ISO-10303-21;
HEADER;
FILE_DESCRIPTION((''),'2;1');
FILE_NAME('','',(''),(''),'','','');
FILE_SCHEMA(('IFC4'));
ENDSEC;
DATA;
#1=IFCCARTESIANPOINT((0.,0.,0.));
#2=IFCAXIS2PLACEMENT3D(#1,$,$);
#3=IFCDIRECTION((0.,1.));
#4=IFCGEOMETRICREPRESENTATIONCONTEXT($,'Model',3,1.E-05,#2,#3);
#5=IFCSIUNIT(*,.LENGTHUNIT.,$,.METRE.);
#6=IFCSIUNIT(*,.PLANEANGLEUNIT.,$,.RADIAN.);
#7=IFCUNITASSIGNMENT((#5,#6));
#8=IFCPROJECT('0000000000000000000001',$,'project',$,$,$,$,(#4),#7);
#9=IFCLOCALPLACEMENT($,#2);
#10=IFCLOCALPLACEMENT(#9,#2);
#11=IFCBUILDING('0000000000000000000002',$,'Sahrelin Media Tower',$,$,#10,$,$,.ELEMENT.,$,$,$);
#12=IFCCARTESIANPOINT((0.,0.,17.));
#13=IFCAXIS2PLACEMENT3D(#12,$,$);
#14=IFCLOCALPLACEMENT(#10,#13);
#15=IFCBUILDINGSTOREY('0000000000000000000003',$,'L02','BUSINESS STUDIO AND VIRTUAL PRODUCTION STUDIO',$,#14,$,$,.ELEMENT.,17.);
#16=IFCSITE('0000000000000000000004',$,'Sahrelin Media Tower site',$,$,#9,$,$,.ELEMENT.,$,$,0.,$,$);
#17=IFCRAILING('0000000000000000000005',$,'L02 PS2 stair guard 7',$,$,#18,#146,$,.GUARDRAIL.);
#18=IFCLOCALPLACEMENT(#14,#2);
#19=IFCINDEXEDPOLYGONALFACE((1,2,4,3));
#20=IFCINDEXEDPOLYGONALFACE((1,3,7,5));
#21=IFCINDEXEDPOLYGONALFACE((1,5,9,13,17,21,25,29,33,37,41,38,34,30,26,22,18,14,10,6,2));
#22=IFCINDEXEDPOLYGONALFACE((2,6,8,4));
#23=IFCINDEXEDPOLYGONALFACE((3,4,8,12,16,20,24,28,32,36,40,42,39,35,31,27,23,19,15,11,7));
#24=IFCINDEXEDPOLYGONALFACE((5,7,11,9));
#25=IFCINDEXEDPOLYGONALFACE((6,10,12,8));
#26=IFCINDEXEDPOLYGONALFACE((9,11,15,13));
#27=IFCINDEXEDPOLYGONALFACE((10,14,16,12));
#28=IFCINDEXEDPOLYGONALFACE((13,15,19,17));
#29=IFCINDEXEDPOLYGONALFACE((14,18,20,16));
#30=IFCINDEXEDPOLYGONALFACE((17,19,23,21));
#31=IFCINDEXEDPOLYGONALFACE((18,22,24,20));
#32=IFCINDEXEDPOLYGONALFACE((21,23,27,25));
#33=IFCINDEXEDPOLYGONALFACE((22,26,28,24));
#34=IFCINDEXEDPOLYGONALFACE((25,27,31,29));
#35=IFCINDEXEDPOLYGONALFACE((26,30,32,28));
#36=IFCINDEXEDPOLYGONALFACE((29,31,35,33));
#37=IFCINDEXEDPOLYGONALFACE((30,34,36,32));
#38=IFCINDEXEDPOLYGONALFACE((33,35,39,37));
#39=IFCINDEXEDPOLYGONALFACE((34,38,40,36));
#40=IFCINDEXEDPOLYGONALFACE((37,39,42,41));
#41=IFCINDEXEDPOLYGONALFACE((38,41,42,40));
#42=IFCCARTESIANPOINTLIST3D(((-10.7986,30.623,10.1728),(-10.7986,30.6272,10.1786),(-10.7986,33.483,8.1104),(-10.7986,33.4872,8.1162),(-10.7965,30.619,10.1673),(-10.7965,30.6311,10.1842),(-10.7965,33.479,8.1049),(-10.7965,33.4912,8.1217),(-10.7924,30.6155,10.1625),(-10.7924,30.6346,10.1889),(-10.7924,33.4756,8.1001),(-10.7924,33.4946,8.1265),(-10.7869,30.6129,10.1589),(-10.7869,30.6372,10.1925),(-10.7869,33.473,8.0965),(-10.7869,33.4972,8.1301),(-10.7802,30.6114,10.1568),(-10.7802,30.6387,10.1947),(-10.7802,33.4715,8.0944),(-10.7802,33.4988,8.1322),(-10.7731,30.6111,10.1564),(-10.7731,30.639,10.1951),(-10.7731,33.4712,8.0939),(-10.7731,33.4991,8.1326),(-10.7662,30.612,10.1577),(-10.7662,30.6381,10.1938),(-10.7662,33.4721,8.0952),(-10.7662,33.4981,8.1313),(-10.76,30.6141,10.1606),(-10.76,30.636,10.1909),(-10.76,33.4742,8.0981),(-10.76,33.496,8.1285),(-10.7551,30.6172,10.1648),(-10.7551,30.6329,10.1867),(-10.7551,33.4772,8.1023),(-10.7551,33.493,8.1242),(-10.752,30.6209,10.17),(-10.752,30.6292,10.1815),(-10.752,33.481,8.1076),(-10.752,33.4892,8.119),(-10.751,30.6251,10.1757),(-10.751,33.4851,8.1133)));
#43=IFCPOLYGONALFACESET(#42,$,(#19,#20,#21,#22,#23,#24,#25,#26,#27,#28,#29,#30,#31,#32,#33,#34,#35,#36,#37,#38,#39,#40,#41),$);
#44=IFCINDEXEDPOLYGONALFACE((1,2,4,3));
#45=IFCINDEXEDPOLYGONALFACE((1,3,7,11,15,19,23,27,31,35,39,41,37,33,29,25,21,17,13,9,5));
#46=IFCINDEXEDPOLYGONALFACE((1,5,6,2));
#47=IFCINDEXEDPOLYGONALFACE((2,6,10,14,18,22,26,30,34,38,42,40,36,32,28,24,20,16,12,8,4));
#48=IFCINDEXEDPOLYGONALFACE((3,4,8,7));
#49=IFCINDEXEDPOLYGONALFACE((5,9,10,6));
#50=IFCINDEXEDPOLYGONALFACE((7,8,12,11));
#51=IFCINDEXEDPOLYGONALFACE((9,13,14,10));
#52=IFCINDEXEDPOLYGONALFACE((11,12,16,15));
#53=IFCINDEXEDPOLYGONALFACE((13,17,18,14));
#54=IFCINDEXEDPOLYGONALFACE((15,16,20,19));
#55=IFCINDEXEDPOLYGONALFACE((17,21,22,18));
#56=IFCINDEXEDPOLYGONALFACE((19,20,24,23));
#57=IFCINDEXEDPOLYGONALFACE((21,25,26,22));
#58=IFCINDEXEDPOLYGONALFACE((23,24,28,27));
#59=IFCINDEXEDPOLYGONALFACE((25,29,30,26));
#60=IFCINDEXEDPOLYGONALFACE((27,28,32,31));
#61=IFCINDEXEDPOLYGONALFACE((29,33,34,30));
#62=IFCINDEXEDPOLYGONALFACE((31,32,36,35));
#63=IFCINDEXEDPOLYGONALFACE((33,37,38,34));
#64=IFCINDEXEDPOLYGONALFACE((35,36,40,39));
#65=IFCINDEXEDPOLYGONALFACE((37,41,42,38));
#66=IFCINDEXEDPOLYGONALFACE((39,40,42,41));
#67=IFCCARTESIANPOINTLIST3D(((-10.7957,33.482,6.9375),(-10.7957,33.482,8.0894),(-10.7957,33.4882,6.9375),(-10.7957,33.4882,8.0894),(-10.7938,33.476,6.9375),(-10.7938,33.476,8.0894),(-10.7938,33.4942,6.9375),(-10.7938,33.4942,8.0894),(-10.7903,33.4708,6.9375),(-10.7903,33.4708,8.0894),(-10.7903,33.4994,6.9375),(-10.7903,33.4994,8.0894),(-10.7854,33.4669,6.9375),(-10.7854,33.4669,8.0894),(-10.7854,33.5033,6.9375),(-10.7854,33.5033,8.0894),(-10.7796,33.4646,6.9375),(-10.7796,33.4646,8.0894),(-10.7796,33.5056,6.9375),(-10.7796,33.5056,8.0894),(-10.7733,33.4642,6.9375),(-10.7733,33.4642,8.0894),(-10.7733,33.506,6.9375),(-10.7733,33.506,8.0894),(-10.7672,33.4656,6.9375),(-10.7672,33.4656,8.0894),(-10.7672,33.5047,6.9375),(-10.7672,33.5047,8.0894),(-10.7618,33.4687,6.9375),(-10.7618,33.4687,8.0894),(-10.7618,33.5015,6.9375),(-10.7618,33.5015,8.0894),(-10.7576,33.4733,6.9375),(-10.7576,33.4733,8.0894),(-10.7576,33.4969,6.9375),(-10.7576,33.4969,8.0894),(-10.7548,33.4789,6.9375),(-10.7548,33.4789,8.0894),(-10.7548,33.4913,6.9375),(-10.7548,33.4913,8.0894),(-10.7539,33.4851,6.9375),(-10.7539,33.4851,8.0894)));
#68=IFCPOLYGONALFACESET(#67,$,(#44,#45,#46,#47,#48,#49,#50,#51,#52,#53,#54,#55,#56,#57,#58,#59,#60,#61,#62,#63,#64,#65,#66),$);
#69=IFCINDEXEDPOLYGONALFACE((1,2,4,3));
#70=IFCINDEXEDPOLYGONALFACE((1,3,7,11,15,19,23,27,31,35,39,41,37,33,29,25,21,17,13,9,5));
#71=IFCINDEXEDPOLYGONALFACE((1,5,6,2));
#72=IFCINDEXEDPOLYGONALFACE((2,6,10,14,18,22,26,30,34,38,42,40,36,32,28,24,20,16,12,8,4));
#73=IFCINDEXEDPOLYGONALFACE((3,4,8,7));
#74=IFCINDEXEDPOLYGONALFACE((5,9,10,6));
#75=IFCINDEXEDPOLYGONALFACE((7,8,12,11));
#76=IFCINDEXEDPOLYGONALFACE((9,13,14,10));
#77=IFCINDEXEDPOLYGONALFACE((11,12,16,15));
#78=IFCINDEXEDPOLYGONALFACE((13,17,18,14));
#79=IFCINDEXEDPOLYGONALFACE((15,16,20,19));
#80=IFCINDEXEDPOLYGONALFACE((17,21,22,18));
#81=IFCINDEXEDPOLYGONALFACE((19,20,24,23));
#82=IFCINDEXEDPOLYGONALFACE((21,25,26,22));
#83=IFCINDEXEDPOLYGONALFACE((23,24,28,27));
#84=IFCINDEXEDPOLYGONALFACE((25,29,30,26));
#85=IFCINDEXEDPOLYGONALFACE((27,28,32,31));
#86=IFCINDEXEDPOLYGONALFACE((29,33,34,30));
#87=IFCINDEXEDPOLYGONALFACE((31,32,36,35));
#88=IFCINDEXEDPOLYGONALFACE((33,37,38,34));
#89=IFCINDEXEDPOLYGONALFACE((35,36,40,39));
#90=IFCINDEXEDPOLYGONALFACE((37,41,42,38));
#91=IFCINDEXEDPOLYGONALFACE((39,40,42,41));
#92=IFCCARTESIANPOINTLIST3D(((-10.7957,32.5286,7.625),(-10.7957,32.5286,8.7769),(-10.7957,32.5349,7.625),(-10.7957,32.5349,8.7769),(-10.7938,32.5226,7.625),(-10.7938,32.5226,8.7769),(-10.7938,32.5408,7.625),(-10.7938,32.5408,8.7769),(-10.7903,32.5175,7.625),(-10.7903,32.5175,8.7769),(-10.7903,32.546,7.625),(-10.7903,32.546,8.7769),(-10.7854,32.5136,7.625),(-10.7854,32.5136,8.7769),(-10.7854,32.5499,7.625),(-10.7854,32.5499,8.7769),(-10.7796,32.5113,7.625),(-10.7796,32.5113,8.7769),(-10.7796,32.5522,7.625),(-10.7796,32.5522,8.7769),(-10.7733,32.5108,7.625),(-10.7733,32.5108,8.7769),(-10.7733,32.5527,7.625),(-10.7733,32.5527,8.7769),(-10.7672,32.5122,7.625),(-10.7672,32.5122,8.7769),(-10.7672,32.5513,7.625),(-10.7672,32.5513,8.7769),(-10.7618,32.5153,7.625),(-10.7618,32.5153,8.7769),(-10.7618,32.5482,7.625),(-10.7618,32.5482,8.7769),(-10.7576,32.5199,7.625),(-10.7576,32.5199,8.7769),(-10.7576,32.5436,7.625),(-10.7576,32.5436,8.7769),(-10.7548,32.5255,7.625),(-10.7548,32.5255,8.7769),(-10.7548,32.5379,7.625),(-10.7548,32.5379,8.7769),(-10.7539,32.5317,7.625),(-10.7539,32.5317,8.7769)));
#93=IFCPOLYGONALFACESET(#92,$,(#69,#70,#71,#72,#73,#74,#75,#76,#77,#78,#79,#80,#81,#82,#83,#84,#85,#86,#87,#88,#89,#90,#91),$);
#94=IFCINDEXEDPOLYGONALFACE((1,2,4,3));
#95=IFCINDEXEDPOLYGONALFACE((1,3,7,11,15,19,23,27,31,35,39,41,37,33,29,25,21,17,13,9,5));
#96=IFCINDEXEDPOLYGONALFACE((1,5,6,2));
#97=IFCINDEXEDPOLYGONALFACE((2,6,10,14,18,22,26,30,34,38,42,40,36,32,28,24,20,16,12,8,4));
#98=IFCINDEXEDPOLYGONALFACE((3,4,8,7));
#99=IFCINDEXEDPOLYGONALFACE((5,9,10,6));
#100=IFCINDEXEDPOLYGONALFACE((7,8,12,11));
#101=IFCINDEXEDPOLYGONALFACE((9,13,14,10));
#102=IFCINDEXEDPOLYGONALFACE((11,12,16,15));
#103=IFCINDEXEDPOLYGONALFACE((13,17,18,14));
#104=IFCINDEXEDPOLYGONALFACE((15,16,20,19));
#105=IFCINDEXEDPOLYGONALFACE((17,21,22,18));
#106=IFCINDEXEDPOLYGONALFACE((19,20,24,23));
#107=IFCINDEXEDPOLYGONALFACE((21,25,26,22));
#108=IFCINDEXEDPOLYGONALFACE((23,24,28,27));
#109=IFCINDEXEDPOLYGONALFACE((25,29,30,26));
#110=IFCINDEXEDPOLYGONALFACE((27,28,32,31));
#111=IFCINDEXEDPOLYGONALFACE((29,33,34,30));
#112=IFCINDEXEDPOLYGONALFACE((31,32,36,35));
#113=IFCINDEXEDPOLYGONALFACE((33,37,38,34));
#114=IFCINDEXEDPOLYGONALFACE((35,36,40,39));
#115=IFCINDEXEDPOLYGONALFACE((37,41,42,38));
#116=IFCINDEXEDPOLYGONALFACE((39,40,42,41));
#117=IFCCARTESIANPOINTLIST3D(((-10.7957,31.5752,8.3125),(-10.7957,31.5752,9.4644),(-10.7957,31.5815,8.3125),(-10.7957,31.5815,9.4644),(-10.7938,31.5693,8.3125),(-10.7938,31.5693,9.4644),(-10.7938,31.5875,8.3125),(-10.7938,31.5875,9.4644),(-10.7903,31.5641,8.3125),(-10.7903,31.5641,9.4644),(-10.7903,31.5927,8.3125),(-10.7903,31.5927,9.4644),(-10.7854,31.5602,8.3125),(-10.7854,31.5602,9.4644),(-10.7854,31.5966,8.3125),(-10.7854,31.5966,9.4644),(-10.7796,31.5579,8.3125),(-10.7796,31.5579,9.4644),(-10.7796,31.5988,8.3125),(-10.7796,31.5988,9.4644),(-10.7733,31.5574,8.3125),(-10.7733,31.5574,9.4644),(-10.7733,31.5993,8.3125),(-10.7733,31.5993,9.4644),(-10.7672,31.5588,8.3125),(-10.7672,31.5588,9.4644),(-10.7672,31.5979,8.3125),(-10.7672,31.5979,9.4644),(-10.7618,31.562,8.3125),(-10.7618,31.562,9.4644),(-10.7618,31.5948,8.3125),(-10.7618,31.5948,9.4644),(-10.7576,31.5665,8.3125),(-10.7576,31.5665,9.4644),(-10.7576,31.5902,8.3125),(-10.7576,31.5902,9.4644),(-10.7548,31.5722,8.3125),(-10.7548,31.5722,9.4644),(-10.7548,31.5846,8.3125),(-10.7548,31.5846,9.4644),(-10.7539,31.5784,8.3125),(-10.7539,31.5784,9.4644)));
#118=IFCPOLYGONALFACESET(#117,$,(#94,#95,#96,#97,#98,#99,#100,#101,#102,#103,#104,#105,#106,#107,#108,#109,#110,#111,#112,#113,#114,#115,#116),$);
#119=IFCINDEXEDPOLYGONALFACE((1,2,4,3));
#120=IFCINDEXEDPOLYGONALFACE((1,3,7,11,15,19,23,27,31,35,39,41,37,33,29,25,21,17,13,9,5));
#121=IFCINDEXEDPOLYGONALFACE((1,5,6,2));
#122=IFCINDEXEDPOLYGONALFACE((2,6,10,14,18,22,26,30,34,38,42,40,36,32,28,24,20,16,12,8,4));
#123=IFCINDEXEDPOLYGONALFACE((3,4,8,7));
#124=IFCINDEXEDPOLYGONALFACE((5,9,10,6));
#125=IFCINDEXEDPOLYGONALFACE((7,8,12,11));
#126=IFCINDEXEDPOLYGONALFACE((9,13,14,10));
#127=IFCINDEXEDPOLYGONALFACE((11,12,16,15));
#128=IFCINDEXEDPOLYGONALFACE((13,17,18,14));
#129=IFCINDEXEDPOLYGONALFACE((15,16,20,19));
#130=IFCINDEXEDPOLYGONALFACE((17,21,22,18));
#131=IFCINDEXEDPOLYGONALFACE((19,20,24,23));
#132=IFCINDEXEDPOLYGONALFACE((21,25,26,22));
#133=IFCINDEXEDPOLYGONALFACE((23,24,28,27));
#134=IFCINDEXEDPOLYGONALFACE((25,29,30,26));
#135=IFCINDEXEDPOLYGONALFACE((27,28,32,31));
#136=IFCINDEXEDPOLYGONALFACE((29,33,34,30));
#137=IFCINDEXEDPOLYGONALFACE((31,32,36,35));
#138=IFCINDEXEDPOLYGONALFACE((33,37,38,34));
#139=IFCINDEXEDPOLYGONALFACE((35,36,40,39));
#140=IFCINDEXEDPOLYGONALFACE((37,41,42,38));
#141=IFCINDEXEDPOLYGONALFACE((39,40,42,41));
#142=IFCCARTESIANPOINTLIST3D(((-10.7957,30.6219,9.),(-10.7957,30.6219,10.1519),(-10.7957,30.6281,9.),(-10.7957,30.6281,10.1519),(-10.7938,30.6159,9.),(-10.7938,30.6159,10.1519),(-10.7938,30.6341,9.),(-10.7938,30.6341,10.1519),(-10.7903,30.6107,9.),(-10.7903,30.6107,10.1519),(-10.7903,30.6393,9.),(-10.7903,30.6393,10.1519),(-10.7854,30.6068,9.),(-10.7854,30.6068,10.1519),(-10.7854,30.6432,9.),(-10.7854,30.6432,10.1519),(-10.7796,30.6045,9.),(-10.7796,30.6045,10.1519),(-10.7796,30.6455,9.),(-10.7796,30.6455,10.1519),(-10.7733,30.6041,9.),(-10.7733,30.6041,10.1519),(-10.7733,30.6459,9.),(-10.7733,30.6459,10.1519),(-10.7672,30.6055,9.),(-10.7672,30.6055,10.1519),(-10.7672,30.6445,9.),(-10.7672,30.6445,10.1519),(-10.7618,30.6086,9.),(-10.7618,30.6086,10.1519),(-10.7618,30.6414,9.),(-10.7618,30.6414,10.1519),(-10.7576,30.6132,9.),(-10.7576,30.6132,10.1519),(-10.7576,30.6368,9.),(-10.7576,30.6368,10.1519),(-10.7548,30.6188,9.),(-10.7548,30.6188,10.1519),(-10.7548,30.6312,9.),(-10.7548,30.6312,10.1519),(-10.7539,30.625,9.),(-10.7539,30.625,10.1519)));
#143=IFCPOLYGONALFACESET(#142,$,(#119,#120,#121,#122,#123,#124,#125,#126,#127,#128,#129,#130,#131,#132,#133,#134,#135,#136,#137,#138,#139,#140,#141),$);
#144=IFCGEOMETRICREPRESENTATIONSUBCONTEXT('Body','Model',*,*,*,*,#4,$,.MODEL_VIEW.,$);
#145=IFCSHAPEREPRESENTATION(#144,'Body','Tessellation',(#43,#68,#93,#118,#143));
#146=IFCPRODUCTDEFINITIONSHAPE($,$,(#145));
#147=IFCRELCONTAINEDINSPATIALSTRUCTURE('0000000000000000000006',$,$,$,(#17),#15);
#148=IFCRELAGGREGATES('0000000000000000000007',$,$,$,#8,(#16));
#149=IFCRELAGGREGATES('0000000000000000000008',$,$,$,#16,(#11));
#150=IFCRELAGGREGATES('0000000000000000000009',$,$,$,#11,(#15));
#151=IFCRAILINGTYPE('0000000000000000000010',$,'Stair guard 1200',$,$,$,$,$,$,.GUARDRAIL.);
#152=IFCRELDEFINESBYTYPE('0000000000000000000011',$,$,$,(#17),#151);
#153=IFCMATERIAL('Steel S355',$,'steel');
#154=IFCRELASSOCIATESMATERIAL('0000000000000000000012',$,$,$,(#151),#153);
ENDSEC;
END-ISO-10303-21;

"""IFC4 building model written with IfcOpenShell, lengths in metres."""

from ifc_helpers import new_model, si_unit, direction, frame, origin, origin_2d, place, context, subcontext, project, spatial, circle, extrude, material, type_object, element, save


model = new_model("IFC4")

# Units and contexts
model_context = context("Model", 3, precision=1e-05, world=origin(), true_north=direction((0.0, 1.0)))
body_context = subcontext(model_context, "Body", "Model", "MODEL_VIEW")
ifc_project = project(units=[si_unit("LENGTHUNIT", "METRE"), si_unit("PLANEANGLEUNIT", "RADIAN")], contexts=[model_context])

# Site, building, storey
site_placement = place(None, origin())
site = spatial("IfcSite", under=ifc_project, at=site_placement, Name="Sahrelin Media Tower site", CompositionType="ELEMENT", RefElevation=0.0)
building_placement = place(site_placement, origin())
building = spatial("IfcBuilding", under=site, at=building_placement, Name="Sahrelin Media Tower", CompositionType="ELEMENT")
storey_placement = place(building_placement, frame((0.0, 0.0, 17.0)))
storey = spatial("IfcBuildingStorey", under=building, at=storey_placement, Name="L02", Description="BUSINESS STUDIO AND VIRTUAL PRODUCTION STUDIO", CompositionType="ELEMENT", Elevation=17.0)

# Shared definitions
ifc_material_1 = material(Name="Steel S355", Category="steel")

# Railing
railing_type_1 = type_object("IfcRailingType", Name="Stair guard 1200", PredefinedType="GUARDRAIL", material=ifc_material_1)
railing_1_placement = place(storey_placement, frame((-10.7749, 33.4851, 6.9375)))
element("IfcRailing", 1, at=railing_1_placement, inside=storey, type_object=railing_type_1, Name="L02 PS2 stair guard 7", PredefinedType="GUARDRAIL", context=body_context, shape_type="SweptSolid", body=[
    extrude(circle(Radius=0.0239, at=origin_2d()), frame((0.0, 0.0, 1.1758), z_axis=(0.0, -0.811101, 0.584906), x_axis=(1.0, 0.0, 0.0)), (0.0, 0.0, 1.0), 3.5261),
    extrude(circle(Radius=0.021, at=origin_2d()), origin(), (0.0, 0.0, 1.0), 1.1519),
    extrude(circle(Radius=0.021, at=origin_2d()), frame((0.0, -0.9534, 0.6875)), (0.0, 0.0, 1.0), 1.1519),
    extrude(circle(Radius=0.021, at=origin_2d()), frame((0.0, -1.9067, 1.375)), (0.0, 0.0, 1.0), 1.1519),
    extrude(circle(Radius=0.021, at=origin_2d()), frame((0.0, -2.8601, 2.0625)), (0.0, 0.0, 1.0), 1.1519),
])

save(model, "model.ifc")
